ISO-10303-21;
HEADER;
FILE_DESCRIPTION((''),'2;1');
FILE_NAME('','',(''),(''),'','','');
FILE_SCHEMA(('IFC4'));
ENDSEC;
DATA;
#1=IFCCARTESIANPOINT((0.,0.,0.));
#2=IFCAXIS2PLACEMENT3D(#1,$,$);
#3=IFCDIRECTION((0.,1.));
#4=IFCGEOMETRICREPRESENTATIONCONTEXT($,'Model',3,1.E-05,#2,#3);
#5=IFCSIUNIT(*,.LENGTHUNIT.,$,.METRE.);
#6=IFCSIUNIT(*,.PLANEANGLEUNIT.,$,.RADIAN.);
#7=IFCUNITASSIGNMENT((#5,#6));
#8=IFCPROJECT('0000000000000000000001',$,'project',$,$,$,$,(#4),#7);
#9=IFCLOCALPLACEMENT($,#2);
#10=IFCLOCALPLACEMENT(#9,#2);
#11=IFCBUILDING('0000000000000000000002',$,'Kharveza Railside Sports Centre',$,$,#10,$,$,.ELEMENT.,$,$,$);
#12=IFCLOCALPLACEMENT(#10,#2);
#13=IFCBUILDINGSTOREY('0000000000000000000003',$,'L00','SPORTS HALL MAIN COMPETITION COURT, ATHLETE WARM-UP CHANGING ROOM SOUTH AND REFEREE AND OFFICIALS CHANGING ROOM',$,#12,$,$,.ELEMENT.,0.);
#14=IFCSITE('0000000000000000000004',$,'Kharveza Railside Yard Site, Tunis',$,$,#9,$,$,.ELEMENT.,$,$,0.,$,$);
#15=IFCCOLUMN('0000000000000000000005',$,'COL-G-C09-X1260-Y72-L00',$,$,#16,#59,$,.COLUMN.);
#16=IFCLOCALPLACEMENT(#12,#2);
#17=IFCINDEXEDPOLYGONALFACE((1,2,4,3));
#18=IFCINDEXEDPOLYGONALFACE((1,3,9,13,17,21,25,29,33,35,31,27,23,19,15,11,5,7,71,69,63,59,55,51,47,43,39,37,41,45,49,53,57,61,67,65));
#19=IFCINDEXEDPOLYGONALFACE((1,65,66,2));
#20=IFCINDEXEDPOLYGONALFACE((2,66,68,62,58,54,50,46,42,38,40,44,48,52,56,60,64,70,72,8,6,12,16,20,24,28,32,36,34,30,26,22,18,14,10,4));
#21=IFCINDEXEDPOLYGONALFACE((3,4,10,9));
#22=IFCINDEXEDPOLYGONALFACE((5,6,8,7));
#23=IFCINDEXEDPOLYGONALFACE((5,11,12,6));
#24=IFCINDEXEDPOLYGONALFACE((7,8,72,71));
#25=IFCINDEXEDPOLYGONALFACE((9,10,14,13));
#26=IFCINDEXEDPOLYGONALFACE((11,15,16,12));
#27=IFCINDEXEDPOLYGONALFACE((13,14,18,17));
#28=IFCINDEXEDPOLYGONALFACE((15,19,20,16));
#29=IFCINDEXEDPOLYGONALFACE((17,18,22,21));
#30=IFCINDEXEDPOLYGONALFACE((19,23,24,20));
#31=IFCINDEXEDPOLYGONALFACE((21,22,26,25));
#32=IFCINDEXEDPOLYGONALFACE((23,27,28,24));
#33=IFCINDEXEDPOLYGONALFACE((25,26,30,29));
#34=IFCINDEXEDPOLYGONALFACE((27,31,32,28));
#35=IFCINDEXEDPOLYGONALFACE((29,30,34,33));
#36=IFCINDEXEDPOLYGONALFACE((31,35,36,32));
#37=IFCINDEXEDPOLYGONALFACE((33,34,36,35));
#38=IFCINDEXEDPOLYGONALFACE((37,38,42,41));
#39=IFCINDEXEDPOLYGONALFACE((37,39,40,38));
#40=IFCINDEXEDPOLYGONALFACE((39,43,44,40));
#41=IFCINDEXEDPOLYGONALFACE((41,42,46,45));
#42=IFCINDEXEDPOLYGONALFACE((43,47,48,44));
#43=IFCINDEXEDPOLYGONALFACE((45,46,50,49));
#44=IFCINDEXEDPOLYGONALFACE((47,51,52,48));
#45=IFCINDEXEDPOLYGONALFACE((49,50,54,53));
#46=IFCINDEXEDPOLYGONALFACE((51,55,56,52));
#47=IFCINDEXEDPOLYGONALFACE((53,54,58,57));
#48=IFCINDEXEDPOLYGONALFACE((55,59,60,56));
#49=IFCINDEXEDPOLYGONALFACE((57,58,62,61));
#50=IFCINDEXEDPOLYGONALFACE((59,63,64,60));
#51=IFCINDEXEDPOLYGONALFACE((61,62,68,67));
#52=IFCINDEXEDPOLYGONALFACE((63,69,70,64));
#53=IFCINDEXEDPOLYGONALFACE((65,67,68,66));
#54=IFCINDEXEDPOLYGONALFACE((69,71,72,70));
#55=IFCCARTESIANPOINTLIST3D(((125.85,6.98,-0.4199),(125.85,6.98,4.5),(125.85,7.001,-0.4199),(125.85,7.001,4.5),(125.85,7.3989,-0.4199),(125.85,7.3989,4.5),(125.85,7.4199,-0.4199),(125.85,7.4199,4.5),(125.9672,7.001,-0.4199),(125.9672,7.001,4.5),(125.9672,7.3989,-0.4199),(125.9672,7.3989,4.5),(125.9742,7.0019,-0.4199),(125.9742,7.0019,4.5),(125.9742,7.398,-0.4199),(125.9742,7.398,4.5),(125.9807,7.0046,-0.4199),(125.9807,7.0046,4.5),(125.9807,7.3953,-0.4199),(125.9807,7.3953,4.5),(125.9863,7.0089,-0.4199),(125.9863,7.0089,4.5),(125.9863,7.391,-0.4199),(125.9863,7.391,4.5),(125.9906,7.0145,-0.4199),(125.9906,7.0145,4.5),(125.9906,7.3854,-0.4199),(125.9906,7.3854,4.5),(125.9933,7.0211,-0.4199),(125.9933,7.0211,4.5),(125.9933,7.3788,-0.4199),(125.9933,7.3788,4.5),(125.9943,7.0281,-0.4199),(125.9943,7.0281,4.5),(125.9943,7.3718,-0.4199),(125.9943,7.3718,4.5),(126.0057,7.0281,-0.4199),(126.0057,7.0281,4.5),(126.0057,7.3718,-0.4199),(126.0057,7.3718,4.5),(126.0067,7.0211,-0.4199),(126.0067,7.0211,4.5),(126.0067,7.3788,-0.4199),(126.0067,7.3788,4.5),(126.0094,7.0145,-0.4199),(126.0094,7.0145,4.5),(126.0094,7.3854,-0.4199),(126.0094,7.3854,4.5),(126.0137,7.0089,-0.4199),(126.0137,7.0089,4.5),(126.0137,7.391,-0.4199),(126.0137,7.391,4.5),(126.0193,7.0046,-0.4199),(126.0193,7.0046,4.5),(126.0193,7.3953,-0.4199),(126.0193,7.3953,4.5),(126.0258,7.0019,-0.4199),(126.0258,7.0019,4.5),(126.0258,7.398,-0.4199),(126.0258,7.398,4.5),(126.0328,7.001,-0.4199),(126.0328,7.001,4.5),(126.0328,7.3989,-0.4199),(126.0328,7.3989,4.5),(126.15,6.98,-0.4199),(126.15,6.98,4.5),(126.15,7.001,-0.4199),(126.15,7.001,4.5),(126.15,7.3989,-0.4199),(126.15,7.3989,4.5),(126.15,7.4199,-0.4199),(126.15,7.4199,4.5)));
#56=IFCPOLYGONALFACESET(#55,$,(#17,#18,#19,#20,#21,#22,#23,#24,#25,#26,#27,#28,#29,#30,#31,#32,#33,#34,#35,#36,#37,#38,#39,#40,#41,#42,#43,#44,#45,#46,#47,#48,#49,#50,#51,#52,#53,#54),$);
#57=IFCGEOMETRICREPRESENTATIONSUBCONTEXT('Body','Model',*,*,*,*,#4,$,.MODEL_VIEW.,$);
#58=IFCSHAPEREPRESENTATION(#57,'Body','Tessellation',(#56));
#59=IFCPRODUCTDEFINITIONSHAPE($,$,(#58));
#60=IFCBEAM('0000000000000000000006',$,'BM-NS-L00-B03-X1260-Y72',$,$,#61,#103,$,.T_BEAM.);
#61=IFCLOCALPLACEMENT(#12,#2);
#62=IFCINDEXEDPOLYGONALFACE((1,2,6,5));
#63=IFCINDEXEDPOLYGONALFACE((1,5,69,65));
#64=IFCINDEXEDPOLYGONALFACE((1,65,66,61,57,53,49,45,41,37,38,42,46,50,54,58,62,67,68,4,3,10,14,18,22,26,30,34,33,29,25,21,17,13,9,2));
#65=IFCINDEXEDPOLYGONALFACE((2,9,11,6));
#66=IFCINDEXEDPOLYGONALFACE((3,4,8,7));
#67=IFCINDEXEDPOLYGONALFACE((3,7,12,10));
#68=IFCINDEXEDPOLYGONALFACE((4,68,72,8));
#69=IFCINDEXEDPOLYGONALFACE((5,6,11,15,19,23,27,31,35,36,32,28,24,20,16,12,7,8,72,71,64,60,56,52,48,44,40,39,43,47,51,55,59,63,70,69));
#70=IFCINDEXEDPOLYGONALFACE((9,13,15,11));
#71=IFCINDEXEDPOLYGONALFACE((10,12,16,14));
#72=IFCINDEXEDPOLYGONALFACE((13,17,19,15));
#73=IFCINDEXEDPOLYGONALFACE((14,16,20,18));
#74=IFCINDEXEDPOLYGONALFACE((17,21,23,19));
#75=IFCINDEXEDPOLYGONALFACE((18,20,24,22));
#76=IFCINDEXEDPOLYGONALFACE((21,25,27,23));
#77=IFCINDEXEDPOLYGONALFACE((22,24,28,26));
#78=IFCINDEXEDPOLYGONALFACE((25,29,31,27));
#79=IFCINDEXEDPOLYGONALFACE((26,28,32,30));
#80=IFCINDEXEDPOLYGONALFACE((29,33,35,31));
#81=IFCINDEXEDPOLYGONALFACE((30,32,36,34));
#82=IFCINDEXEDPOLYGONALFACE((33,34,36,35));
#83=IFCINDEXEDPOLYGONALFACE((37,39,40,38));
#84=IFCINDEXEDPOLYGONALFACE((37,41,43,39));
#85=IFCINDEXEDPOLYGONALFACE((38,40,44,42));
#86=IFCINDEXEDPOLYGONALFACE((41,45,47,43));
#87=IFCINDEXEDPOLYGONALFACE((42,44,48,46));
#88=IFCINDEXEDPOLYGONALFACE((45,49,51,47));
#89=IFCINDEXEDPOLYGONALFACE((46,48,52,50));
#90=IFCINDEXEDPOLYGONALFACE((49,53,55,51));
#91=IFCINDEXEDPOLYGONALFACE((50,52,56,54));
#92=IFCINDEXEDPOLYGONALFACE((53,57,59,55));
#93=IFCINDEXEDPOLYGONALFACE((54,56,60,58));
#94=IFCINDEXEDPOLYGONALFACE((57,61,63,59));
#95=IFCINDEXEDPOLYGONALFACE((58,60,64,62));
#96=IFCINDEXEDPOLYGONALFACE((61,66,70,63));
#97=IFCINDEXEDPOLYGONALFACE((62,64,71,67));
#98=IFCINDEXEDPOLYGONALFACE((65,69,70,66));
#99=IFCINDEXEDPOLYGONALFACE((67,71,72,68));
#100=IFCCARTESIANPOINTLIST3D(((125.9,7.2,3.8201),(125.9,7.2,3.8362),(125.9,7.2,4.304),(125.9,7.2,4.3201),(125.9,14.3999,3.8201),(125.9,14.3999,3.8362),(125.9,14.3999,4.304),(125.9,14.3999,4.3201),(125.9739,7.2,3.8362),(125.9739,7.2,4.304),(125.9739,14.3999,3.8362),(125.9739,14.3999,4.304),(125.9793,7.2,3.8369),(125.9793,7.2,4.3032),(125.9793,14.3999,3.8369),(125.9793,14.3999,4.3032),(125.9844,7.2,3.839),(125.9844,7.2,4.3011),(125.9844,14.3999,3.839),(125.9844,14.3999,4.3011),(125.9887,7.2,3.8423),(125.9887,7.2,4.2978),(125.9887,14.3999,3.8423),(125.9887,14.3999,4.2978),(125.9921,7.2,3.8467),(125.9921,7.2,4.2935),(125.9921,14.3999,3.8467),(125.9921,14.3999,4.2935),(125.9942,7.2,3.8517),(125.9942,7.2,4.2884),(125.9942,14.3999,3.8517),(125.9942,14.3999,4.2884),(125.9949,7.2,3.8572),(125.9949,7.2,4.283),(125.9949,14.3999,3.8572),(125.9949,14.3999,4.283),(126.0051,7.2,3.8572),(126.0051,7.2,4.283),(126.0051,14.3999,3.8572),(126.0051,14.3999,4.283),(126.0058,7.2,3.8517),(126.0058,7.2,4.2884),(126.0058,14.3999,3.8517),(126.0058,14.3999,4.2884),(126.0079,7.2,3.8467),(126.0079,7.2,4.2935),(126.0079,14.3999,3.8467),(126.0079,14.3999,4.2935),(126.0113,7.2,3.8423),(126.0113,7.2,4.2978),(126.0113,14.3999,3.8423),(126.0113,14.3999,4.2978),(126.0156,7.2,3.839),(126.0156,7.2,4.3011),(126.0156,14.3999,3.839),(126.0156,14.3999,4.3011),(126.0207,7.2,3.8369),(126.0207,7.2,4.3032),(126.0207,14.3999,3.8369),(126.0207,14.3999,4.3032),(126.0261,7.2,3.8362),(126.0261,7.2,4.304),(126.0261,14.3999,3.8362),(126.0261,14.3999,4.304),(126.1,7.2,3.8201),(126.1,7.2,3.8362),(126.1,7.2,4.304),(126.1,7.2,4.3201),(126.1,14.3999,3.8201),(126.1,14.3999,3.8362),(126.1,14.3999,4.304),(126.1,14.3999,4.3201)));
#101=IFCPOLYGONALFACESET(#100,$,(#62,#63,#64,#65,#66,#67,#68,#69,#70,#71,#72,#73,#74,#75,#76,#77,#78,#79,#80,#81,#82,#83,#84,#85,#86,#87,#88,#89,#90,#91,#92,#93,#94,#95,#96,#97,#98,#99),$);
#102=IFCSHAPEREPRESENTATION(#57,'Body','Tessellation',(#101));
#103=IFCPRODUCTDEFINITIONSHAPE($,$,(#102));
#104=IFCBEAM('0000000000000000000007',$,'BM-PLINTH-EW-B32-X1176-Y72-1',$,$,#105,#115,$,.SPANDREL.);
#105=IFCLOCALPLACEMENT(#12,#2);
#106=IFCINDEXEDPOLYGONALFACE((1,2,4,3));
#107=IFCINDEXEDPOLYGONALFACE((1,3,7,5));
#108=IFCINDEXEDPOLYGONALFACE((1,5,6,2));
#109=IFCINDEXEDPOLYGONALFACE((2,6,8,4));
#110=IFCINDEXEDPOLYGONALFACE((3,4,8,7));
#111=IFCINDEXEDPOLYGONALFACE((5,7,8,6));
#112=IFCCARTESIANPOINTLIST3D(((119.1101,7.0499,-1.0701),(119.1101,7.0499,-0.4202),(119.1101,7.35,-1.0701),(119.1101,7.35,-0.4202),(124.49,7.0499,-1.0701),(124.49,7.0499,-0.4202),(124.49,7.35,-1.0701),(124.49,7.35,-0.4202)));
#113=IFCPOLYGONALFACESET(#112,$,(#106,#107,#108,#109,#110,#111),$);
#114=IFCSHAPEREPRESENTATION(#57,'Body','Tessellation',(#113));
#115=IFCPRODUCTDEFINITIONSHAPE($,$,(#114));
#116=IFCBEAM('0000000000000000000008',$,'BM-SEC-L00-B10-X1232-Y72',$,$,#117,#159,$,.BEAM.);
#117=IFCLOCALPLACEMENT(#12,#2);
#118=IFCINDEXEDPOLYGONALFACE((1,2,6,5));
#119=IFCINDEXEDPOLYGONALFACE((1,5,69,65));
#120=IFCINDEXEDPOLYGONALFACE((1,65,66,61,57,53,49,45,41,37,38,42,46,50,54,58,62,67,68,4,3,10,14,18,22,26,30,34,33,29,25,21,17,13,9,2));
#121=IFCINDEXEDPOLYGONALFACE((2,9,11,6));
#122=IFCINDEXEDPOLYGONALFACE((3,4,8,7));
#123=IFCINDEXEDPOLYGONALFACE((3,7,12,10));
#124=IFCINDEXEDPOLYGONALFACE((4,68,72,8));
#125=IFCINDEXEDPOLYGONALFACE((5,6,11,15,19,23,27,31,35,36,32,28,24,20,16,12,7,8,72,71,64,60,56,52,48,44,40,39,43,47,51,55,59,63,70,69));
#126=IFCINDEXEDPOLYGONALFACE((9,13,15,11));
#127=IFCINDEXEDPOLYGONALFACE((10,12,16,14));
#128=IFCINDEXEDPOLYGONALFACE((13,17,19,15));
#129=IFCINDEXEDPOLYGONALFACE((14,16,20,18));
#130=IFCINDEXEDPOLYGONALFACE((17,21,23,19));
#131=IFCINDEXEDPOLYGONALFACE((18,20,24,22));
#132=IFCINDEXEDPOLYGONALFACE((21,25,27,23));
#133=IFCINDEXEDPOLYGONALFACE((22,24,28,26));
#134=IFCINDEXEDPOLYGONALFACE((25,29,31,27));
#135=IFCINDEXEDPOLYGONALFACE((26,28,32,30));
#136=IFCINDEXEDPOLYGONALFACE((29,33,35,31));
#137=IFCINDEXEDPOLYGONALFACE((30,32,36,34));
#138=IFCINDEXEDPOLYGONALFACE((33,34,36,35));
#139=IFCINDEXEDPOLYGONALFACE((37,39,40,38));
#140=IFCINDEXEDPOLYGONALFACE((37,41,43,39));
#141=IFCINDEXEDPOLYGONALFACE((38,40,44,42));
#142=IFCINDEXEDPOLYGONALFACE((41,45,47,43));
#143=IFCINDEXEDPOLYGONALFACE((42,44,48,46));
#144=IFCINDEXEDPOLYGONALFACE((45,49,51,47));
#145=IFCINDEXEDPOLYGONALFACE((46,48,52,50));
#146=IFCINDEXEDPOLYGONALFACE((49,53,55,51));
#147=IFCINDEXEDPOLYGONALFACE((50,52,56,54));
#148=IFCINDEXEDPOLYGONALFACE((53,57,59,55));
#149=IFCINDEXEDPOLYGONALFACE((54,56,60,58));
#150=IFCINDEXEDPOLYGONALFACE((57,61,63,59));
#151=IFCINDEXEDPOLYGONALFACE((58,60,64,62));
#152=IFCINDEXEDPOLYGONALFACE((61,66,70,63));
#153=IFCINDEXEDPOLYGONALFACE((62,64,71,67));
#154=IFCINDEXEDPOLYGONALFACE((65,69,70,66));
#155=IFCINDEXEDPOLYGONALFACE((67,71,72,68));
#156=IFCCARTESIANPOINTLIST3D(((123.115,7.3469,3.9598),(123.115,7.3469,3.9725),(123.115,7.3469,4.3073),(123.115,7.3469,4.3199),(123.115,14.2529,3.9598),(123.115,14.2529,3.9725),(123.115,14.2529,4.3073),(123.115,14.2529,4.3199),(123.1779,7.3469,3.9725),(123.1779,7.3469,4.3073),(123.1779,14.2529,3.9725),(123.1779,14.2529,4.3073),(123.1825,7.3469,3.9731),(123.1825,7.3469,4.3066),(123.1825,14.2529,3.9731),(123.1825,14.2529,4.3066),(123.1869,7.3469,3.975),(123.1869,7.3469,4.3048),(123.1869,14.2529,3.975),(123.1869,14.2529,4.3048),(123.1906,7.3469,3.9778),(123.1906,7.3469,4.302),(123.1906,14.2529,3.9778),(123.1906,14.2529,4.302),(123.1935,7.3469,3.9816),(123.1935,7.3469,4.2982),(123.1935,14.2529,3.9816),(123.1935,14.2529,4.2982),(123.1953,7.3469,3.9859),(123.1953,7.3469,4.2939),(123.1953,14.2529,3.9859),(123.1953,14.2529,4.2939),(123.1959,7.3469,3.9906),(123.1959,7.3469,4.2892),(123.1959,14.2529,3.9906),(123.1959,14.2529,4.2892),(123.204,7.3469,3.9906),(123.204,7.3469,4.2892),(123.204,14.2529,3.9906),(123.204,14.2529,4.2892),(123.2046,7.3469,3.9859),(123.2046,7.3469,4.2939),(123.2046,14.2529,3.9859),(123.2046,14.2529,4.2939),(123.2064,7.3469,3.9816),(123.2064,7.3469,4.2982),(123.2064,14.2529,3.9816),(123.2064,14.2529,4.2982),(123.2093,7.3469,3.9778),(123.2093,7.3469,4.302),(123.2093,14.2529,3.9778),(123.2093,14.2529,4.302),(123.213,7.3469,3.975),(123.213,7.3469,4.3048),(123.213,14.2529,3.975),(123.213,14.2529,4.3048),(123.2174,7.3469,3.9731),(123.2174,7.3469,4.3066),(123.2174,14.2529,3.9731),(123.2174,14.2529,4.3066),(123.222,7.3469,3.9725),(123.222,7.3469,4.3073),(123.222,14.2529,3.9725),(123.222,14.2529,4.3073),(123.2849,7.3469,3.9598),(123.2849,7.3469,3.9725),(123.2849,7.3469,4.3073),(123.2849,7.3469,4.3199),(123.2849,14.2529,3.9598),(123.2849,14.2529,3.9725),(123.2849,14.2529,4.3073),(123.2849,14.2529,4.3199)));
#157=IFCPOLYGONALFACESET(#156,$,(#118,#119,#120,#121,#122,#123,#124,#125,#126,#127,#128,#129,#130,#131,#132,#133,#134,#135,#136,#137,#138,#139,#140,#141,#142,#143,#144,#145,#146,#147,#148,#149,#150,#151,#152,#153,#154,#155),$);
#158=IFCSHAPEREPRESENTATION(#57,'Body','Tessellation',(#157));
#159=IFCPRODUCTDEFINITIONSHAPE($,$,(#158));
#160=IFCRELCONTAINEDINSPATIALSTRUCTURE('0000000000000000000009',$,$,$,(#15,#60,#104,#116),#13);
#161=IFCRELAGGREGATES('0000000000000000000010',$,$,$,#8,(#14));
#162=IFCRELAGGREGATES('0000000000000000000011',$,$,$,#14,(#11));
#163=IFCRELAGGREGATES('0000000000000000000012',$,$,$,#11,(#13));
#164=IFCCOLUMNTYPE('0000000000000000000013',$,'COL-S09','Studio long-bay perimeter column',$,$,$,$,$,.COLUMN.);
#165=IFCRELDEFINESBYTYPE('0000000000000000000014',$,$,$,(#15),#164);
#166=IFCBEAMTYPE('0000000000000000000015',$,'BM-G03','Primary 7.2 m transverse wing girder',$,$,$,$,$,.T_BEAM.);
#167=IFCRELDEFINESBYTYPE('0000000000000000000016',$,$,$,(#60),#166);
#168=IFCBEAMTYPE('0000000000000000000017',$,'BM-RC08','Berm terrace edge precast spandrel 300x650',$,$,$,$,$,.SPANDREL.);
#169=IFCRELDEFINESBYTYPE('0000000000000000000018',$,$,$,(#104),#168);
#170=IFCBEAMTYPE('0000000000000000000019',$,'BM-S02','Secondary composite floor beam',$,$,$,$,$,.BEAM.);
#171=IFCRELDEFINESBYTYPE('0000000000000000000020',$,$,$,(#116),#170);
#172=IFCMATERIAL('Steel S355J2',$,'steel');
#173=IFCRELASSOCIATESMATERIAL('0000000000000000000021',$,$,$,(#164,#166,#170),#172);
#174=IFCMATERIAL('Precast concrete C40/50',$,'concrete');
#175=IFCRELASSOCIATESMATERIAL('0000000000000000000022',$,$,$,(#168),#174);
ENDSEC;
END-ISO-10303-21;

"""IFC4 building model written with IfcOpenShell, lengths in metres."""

from ifc_helpers import new_model, si_unit, direction, frame, origin, origin_2d, place, context, subcontext, project, spatial, rectangle, i_section, extrude, material, material_profile, profile_set, type_object, element, save


model = new_model("IFC4")

# Units and contexts
model_context = context("Model", 3, precision=1e-05, world=origin(), true_north=direction((0.0, 1.0)))
body_context = subcontext(model_context, "Body", "Model", "MODEL_VIEW")
ifc_project = project(units=[si_unit("LENGTHUNIT", "METRE"), si_unit("PLANEANGLEUNIT", "RADIAN")], contexts=[model_context])

# Site, building, storey
site_placement = place(None, origin())
site = spatial("IfcSite", under=ifc_project, at=site_placement, Name="Kharveza Railside Yard Site, Tunis", CompositionType="ELEMENT", RefElevation=0.0)
building_placement = place(site_placement, origin())
building = spatial("IfcBuilding", under=site, at=building_placement, Name="Kharveza Railside Sports Centre", CompositionType="ELEMENT")
storey_placement = place(building_placement, origin())
storey = spatial("IfcBuildingStorey", under=building, at=storey_placement, Name="L00", Description="SPORTS HALL MAIN COMPETITION COURT, ATHLETE WARM-UP CHANGING ROOM SOUTH AND REFEREE AND OFFICIALS CHANGING ROOM", CompositionType="ELEMENT", Elevation=0.0)

# Column
ifc_material_1 = material(Name="Steel S355J2", Category="steel")
ifc_material_profile_1 = material_profile(ifc_material_1, i_section(OverallWidth=0.3, OverallDepth=0.4399, WebThickness=0.0115, FlangeThickness=0.021, FilletRadius=0.0271, at=origin_2d()), Name="HEA 450")
ifc_profile_set_1 = profile_set([ifc_material_profile_1], Name="Steel S355J2")
column_type_1 = type_object("IfcColumnType", Name="COL-S09", Description="Studio long-bay perimeter column", PredefinedType="COLUMN", material=ifc_profile_set_1)
for number, where, z_axis, x_axis, name in (
    (1, (126.0, 7.2, -0.4199), (0.0, 0.0, 1.0), (1.0, 0.0, 0.0), "COL-G-C09-X1260-Y72-L00"),
):
    element("IfcColumn", number, at=place(storey_placement, frame(where, z_axis=z_axis, x_axis=x_axis)), inside=storey, type_object=column_type_1, Name=name, PredefinedType="COLUMN", context=body_context, shape_type="SweptSolid", body=[
        extrude(i_section(OverallWidth=0.3, OverallDepth=0.4399, WebThickness=0.0115, FlangeThickness=0.021, FilletRadius=0.0271, at=origin_2d()), origin(), (0.0, 0.0, 1.0), 4.9199),
    ])

# Beams
ifc_material_profile_2 = material_profile(ifc_material_1, i_section(OverallWidth=0.2, OverallDepth=0.5, WebThickness=0.0103, FlangeThickness=0.0161, FilletRadius=0.021, at=origin_2d()), Name="IPE 500")
ifc_profile_set_2 = profile_set([ifc_material_profile_2], Name="Steel S355J2")
beam_type_1 = type_object("IfcBeamType", Name="BM-G03", Description="Primary 7.2 m transverse wing girder", PredefinedType="T_BEAM", material=ifc_profile_set_2)
beam_1_placement = place(storey_placement, frame((126.0, 7.2, 4.0701), z_axis=(0.0, 1.0, 0.0), x_axis=(-1.0, 0.0, 0.0)))
element("IfcBeam", 2, at=beam_1_placement, inside=storey, type_object=beam_type_1, Name="BM-NS-L00-B03-X1260-Y72", PredefinedType="T_BEAM", context=body_context, shape_type="SweptSolid", body=[
    extrude(i_section(OverallWidth=0.2, OverallDepth=0.5, WebThickness=0.0103, FlangeThickness=0.0161, FilletRadius=0.021, at=origin_2d()), origin(), (0.0, 0.0, 1.0), 7.2),
])
ifc_material_2 = material(Name="Precast concrete C40/50", Category="concrete")
ifc_material_profile_3 = material_profile(ifc_material_2, rectangle(XDim=0.3, YDim=0.6499, at=origin_2d()), Name="RCB 300x650")
ifc_profile_set_3 = profile_set([ifc_material_profile_3], Name="Precast concrete C40/50")
beam_type_2 = type_object("IfcBeamType", Name="BM-RC08", Description="Berm terrace edge precast spandrel 300x650", PredefinedType="SPANDREL", material=ifc_profile_set_3)
beam_2_placement = place(storey_placement, frame((119.1101, 7.2, -0.7451), z_axis=(1.0, 0.0, 0.0), x_axis=(0.0, 1.0, 0.0)))
element("IfcBeam", 3, at=beam_2_placement, inside=storey, type_object=beam_type_2, Name="BM-PLINTH-EW-B32-X1176-Y72-1", PredefinedType="SPANDREL", context=body_context, shape_type="SweptSolid", body=[
    extrude(rectangle(XDim=0.3, YDim=0.6499, at=origin_2d()), origin(), (0.0, 0.0, 1.0), 5.3799),
])
ifc_material_profile_4 = material_profile(ifc_material_1, i_section(OverallWidth=0.1699, OverallDepth=0.3601, WebThickness=0.0081, FlangeThickness=0.0127, FilletRadius=0.0181, at=origin_2d()), Name="IPE 360")
ifc_profile_set_4 = profile_set([ifc_material_profile_4], Name="Steel S355J2")
beam_type_3 = type_object("IfcBeamType", Name="BM-S02", Description="Secondary composite floor beam", PredefinedType="BEAM", material=ifc_profile_set_4)
beam_3_placement = place(storey_placement, frame((123.2, 7.3469, 4.1399), z_axis=(0.0, 1.0, 0.0), x_axis=(-1.0, 0.0, 0.0)))
element("IfcBeam", 4, at=beam_3_placement, inside=storey, type_object=beam_type_3, Name="BM-SEC-L00-B10-X1232-Y72", PredefinedType="BEAM", context=body_context, shape_type="SweptSolid", body=[
    extrude(i_section(OverallWidth=0.1699, OverallDepth=0.3601, WebThickness=0.0081, FlangeThickness=0.0127, FilletRadius=0.0181, at=origin_2d()), origin(), (0.0, 0.0, 1.0), 6.906),
])

save(model, "model.ifc")
